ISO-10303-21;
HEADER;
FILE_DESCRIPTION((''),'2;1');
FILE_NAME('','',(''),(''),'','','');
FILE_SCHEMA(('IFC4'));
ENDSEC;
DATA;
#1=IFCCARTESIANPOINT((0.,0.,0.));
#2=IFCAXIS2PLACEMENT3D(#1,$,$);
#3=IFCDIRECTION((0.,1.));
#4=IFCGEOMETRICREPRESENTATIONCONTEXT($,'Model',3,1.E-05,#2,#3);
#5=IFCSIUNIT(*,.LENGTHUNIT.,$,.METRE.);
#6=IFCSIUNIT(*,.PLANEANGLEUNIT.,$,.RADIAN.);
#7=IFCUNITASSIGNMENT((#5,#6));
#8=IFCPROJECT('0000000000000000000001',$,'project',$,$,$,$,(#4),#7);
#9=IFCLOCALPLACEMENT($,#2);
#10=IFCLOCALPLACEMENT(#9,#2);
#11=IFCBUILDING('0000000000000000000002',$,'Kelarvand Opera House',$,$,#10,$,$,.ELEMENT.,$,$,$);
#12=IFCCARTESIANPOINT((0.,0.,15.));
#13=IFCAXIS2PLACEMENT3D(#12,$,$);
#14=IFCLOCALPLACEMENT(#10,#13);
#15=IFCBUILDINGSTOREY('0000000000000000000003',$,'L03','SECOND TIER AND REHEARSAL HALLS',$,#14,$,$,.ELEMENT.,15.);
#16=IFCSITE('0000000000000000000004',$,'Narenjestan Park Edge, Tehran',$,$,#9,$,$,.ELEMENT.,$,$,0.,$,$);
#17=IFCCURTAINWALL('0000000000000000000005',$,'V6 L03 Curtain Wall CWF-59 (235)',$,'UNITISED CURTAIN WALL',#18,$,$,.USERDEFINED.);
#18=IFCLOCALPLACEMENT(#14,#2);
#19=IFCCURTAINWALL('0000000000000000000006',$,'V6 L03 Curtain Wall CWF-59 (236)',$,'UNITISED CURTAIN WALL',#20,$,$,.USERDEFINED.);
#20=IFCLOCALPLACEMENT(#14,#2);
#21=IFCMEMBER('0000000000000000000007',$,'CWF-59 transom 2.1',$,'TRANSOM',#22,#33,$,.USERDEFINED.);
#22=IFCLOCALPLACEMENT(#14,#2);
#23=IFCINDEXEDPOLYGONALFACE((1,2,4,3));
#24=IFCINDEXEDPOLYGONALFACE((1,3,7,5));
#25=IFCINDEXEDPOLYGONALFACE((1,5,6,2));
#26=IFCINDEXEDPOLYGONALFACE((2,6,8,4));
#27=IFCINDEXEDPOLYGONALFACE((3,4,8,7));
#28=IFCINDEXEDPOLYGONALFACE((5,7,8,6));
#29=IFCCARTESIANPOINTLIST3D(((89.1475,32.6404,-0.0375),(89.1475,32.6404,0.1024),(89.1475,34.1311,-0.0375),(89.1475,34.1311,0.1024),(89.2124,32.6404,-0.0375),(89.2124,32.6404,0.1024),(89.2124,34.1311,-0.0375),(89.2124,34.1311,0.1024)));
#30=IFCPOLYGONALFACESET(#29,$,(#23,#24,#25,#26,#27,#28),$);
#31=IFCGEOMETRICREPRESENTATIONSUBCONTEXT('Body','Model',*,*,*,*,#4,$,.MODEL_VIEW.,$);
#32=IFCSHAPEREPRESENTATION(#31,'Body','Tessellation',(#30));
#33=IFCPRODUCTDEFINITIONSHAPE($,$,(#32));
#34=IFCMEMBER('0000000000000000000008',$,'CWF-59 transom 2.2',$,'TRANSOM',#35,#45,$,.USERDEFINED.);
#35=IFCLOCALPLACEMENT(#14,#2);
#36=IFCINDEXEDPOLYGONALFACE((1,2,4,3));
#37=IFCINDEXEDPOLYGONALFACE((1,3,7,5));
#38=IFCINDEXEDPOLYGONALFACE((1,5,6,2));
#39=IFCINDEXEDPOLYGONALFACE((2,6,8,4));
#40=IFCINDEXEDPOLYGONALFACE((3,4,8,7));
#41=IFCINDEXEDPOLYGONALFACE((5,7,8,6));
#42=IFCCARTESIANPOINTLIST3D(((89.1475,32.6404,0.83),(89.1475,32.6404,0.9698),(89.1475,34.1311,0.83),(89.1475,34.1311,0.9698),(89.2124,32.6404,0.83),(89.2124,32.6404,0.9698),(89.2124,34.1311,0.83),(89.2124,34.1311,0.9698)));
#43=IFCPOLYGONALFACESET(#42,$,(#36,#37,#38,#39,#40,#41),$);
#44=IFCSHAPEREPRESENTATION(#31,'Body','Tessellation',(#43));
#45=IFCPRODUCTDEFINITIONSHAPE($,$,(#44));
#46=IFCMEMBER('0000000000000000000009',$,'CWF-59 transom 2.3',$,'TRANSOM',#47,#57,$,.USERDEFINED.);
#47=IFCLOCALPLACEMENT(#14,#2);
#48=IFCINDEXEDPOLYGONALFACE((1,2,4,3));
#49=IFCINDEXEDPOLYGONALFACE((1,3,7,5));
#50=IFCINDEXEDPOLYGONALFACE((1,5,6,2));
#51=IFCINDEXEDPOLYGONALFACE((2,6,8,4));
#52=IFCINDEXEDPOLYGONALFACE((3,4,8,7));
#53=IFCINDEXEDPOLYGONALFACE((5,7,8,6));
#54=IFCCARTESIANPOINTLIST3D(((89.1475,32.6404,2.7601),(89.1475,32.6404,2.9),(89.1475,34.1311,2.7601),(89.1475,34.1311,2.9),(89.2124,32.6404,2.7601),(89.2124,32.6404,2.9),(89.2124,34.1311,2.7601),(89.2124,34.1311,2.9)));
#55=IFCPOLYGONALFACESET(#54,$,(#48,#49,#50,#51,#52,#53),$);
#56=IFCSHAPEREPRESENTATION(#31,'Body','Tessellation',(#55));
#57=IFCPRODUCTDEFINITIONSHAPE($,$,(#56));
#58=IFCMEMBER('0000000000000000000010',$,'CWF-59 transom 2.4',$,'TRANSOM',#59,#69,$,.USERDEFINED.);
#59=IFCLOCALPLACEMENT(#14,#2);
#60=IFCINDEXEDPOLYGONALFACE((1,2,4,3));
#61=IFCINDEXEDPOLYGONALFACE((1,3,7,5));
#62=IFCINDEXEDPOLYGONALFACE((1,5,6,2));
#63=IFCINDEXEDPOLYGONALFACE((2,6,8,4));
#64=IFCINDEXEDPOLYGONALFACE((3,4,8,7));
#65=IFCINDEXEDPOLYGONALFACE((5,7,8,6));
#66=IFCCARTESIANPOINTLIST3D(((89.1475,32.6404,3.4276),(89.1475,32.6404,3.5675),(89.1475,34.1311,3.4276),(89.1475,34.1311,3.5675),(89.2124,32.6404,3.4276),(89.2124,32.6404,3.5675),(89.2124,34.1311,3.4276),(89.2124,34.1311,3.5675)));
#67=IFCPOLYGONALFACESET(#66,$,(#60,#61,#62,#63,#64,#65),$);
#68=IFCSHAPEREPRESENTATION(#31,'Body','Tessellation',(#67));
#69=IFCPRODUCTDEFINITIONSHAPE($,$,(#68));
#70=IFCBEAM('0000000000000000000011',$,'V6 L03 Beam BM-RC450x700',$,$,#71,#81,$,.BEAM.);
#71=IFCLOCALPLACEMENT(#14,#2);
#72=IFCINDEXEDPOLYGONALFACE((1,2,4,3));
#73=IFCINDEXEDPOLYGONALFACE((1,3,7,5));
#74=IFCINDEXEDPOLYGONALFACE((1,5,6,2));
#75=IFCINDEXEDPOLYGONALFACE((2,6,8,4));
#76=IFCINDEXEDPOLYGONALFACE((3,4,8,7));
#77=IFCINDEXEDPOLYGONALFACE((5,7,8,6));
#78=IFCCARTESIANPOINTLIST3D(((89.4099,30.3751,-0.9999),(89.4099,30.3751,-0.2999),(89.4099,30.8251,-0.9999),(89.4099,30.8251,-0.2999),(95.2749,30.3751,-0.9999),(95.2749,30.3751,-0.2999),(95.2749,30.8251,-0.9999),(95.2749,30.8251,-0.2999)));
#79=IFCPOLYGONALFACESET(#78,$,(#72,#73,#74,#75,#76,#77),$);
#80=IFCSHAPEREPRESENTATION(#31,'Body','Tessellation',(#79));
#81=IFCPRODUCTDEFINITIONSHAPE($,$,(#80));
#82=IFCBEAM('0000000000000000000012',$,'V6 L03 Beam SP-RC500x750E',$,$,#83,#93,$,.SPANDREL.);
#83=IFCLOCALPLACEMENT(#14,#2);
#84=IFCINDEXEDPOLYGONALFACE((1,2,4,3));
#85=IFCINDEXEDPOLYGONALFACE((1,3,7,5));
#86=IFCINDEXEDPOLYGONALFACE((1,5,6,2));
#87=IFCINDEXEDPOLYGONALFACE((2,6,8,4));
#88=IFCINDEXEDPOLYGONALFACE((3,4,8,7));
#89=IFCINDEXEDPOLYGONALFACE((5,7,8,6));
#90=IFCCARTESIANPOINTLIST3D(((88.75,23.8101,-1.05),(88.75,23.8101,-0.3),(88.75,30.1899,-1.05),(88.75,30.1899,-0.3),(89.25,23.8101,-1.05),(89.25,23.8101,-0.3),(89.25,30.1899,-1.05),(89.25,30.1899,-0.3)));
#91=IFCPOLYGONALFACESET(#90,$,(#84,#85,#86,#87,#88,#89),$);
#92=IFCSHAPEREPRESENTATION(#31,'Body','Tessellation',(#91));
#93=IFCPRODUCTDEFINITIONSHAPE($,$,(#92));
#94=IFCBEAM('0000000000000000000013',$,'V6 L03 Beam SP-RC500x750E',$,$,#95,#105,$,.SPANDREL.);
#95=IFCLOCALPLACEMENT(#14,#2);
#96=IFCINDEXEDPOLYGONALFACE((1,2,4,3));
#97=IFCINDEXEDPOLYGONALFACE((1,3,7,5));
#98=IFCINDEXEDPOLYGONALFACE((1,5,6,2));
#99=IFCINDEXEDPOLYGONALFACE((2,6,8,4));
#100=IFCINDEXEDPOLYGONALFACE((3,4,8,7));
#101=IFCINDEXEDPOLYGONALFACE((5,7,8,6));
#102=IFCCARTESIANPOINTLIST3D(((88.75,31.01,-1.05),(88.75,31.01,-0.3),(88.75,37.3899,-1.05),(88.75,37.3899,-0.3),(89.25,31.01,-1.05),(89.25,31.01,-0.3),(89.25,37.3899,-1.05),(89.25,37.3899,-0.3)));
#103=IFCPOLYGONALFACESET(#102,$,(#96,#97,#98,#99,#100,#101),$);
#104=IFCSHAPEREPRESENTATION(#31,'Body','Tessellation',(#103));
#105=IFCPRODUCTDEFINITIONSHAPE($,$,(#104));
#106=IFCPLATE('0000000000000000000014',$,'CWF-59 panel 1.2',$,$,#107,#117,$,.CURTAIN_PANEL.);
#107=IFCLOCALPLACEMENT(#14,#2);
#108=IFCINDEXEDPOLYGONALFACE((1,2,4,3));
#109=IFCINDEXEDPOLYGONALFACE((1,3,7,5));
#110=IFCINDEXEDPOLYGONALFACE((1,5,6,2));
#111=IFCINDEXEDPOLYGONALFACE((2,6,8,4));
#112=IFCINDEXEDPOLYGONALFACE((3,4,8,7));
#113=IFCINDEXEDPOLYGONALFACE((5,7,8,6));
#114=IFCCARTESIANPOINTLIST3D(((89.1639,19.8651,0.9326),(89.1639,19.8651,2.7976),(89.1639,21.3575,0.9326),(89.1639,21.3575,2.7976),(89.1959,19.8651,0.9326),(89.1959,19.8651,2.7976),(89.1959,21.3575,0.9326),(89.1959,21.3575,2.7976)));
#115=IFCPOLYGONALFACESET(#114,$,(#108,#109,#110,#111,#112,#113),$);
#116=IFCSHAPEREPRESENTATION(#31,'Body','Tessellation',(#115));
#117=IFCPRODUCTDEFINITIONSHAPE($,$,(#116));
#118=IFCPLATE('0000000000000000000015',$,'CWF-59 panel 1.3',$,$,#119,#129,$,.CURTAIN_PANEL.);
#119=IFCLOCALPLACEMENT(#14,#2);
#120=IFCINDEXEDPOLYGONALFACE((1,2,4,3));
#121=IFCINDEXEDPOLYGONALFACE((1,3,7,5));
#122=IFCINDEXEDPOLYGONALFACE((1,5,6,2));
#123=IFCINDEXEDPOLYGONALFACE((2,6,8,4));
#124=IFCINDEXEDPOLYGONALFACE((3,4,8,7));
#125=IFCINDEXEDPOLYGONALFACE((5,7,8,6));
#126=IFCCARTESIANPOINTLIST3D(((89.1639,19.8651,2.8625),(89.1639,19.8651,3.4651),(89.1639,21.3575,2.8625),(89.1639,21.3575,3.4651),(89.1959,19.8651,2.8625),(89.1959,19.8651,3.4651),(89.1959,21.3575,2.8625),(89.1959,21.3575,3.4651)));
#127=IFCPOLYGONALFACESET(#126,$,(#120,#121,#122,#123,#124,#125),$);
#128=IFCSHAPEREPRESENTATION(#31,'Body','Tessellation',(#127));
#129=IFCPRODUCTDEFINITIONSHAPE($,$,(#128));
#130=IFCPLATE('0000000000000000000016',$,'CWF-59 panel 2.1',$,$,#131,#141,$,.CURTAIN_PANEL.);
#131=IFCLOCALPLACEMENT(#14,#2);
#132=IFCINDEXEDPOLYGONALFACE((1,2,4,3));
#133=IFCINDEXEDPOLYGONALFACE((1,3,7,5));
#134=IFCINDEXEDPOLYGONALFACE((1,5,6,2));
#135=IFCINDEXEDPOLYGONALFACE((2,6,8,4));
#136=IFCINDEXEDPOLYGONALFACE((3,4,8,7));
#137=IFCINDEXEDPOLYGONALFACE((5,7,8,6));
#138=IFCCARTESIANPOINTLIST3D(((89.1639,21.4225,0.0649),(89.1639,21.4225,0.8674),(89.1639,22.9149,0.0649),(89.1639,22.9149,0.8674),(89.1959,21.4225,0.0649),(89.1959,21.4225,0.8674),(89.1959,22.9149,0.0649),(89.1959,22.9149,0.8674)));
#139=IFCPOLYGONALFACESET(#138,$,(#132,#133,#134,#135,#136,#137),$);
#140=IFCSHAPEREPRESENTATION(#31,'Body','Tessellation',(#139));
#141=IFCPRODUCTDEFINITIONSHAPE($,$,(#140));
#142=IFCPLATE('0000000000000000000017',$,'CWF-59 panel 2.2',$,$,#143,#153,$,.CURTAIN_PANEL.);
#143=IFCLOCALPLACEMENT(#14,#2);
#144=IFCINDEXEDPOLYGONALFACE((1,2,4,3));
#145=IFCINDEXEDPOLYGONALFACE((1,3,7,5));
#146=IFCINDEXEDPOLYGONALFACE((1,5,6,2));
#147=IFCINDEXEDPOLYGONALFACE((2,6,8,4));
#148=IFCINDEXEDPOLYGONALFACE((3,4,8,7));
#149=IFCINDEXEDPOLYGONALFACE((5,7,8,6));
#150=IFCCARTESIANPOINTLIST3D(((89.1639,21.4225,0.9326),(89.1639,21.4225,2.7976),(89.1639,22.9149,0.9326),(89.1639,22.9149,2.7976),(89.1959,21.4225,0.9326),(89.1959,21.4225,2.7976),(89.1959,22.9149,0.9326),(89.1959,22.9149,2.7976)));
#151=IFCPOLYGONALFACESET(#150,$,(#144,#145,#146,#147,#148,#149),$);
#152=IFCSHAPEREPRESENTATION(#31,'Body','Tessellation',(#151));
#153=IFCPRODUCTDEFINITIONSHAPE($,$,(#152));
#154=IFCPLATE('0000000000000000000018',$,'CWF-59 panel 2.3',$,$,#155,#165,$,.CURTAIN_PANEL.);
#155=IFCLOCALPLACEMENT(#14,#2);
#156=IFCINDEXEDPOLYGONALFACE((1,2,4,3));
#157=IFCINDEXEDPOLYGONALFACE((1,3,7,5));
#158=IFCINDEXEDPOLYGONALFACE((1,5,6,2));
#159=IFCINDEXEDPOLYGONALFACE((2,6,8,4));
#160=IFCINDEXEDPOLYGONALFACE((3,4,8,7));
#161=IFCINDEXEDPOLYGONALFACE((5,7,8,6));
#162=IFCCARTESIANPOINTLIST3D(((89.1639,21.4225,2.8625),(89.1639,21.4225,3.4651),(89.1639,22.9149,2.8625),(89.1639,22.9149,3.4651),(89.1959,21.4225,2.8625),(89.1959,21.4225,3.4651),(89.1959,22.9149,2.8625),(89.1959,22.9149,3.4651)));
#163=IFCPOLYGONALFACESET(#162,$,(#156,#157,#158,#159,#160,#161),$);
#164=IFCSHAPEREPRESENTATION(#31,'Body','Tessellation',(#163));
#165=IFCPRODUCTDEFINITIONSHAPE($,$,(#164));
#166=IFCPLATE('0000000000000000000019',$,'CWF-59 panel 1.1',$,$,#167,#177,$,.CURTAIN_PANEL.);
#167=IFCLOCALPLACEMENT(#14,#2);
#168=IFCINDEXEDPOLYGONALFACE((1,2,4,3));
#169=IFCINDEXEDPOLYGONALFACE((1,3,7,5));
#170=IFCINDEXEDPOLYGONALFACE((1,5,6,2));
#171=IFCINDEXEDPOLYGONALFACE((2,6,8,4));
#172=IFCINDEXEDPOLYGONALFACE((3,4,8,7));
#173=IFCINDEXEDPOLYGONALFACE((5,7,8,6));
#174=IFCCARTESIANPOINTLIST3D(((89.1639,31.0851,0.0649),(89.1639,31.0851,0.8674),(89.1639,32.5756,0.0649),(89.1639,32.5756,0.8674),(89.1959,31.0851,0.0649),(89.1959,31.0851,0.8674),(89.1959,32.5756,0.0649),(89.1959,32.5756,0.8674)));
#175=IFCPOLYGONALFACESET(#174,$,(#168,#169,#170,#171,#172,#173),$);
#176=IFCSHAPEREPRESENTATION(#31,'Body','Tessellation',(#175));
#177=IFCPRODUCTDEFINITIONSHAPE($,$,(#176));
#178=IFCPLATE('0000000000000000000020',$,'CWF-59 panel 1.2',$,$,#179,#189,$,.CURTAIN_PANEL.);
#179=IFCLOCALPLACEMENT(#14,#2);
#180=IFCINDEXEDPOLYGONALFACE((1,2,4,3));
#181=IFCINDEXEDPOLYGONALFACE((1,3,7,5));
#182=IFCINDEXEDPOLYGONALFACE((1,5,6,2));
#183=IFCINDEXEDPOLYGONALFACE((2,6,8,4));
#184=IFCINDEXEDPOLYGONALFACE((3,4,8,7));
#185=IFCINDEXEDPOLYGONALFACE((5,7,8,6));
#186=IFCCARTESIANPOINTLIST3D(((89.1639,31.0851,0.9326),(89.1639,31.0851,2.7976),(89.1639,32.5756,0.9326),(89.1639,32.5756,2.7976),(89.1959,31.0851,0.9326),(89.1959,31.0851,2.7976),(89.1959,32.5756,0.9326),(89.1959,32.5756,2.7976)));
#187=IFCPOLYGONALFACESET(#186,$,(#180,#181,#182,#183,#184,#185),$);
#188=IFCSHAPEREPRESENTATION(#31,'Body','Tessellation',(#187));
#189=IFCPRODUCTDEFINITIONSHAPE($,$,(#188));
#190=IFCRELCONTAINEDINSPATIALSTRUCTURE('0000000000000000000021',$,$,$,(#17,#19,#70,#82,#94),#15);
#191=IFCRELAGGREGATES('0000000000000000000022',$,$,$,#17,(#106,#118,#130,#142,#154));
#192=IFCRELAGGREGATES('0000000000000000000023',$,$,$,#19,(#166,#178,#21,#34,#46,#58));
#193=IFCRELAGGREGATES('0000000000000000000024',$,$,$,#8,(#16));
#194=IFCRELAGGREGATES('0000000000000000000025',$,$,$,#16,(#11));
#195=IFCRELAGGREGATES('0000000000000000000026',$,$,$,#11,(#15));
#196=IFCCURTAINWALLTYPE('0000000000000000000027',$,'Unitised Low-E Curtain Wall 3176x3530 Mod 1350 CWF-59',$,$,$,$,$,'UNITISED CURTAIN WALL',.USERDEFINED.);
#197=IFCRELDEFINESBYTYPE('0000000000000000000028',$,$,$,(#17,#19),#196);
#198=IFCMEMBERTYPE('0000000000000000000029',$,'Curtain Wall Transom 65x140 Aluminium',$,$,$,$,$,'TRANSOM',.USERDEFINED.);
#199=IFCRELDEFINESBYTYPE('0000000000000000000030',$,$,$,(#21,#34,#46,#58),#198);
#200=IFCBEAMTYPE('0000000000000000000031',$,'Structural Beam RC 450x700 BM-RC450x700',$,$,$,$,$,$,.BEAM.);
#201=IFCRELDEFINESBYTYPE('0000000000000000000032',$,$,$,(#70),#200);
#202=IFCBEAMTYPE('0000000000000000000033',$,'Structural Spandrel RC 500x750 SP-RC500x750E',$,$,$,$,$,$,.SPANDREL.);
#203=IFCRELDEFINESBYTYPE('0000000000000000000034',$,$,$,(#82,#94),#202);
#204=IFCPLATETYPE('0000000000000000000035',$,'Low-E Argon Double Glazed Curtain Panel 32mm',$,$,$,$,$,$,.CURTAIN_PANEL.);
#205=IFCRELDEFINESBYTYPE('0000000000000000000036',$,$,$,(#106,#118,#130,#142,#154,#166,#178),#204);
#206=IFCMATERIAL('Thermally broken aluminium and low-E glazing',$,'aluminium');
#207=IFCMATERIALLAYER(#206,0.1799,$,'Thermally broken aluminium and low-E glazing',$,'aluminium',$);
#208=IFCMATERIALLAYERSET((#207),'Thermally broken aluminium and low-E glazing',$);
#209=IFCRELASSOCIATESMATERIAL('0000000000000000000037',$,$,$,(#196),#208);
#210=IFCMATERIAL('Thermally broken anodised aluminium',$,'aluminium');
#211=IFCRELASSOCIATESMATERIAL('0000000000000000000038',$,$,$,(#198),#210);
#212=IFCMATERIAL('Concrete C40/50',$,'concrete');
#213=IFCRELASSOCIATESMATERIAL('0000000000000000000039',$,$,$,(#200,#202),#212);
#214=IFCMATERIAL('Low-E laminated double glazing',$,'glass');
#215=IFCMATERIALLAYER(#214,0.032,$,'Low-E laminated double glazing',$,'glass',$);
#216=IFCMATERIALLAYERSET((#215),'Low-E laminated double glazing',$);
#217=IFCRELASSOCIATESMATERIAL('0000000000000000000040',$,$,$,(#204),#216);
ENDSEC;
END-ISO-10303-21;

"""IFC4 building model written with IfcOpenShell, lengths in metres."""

from ifc_helpers import new_model, si_unit, direction, frame, origin, origin_2d, place, context, subcontext, project, spatial, rectangle, extrude, material, layer, layer_set, material_profile, profile_set, type_object, element, aggregate, save


model = new_model("IFC4")

# Units and contexts
model_context = context("Model", 3, precision=1e-05, world=origin(), true_north=direction((0.0, 1.0)))
body_context = subcontext(model_context, "Body", "Model", "MODEL_VIEW")
ifc_project = project(units=[si_unit("LENGTHUNIT", "METRE"), si_unit("PLANEANGLEUNIT", "RADIAN")], contexts=[model_context])

# Site, building, storey
site_placement = place(None, origin())
site = spatial("IfcSite", under=ifc_project, at=site_placement, Name="Narenjestan Park Edge, Tehran", CompositionType="ELEMENT", RefElevation=0.0)
building_placement = place(site_placement, origin())
building = spatial("IfcBuilding", under=site, at=building_placement, Name="Kelarvand Opera House", CompositionType="ELEMENT")
storey_placement = place(building_placement, frame((0.0, 0.0, 15.0)))
storey = spatial("IfcBuildingStorey", under=building, at=storey_placement, Name="L03", Description="SECOND TIER AND REHEARSAL HALLS", CompositionType="ELEMENT", Elevation=15.0)

# Shared definitions
ifc_material_1 = material(Name="Concrete C40/50", Category="concrete")

# Curtain walls
ifc_material_2 = material(Name="Thermally broken aluminium and low-E glazing", Category="aluminium")
ifc_layer_1 = layer(ifc_material_2, 0.1799, Name="Thermally broken aluminium and low-E glazing", Category="aluminium")
ifc_layer_set_1 = layer_set([ifc_layer_1], Name="Thermally broken aluminium and low-E glazing")
curtain_wall_type = type_object("IfcCurtainWallType", Name="Unitised Low-E Curtain Wall 3176x3530 Mod 1350 CWF-59", ElementType="UNITISED CURTAIN WALL", PredefinedType="USERDEFINED", material=ifc_layer_set_1)
curtain_wall_1_placement = place(storey_placement, origin())
curtain_wall_1 = element("IfcCurtainWall", 1, at=curtain_wall_1_placement, inside=storey, type_object=curtain_wall_type, Name="V6 L03 Curtain Wall CWF-59 (235)", ObjectType="UNITISED CURTAIN WALL", PredefinedType="USERDEFINED")
ifc_material_3 = material(Name="Thermally broken anodised aluminium", Category="aluminium")
curtain_wall_2_placement = place(storey_placement, origin())
curtain_wall_2 = element("IfcCurtainWall", 2, at=curtain_wall_2_placement, inside=storey, type_object=curtain_wall_type, Name="V6 L03 Curtain Wall CWF-59 (236)", ObjectType="UNITISED CURTAIN WALL", PredefinedType="USERDEFINED")

# Members
ifc_material_profile_1 = material_profile(ifc_material_3, rectangle(XDim=0.0649, YDim=0.1399, at=origin_2d()), Name="ALU TRANSOM 65x140", Category="aluminium")
ifc_profile_set_1 = profile_set([ifc_material_profile_1], Name="Thermally broken anodised aluminium")
member_type_1 = type_object("IfcMemberType", Name="Curtain Wall Transom 65x140 Aluminium", ElementType="TRANSOM", PredefinedType="USERDEFINED", material=ifc_profile_set_1)
member_1_placement = place(storey_placement, frame((89.1799, 32.6404, 0.0325), z_axis=(0.0, 1.0, 0.0), x_axis=(-1.0, 0.0, 0.0)))
member_1 = element("IfcMember", 3, at=member_1_placement, type_object=member_type_1, Name="CWF-59 transom 2.1", ObjectType="TRANSOM", PredefinedType="USERDEFINED", context=body_context, shape_type="SweptSolid", body=[
    extrude(rectangle(XDim=0.0649, YDim=0.1399, at=origin_2d()), origin(), (0.0, 0.0, 1.0), 1.4907),
])
member_2_placement = place(storey_placement, frame((89.1799, 32.6404, 0.8999), z_axis=(0.0, 1.0, 0.0), x_axis=(-1.0, 0.0, 0.0)))
member_2 = element("IfcMember", 4, at=member_2_placement, type_object=member_type_1, Name="CWF-59 transom 2.2", ObjectType="TRANSOM", PredefinedType="USERDEFINED", context=body_context, shape_type="SweptSolid", body=[
    extrude(rectangle(XDim=0.0649, YDim=0.1399, at=origin_2d()), origin(), (0.0, 0.0, 1.0), 1.4907),
])
member_3_placement = place(storey_placement, frame((89.1799, 32.6404, 2.8301), z_axis=(0.0, 1.0, 0.0), x_axis=(-1.0, 0.0, 0.0)))
member_3 = element("IfcMember", 5, at=member_3_placement, type_object=member_type_1, Name="CWF-59 transom 2.3", ObjectType="TRANSOM", PredefinedType="USERDEFINED", context=body_context, shape_type="SweptSolid", body=[
    extrude(rectangle(XDim=0.0649, YDim=0.1399, at=origin_2d()), origin(), (0.0, 0.0, 1.0), 1.4907),
])
member_4_placement = place(storey_placement, frame((89.1799, 32.6404, 3.4976), z_axis=(0.0, 1.0, 0.0), x_axis=(-1.0, 0.0, 0.0)))
member_4 = element("IfcMember", 6, at=member_4_placement, type_object=member_type_1, Name="CWF-59 transom 2.4", ObjectType="TRANSOM", PredefinedType="USERDEFINED", context=body_context, shape_type="SweptSolid", body=[
    extrude(rectangle(XDim=0.0649, YDim=0.1399, at=origin_2d()), origin(), (0.0, 0.0, 1.0), 1.4907),
])

# Beams
ifc_material_profile_2 = material_profile(ifc_material_1, rectangle(XDim=0.45, YDim=0.7, at=origin_2d()), Name="RC 450x700", Category="concrete")
ifc_profile_set_2 = profile_set([ifc_material_profile_2], Name="Concrete C40/50")
beam_type_1 = type_object("IfcBeamType", Name="Structural Beam RC 450x700 BM-RC450x700", PredefinedType="BEAM", material=ifc_profile_set_2)
beam_placement = place(storey_placement, frame((89.4099, 30.6001, -0.6499), z_axis=(1.0, 0.0, 0.0), x_axis=(0.0, 1.0, 0.0)))
element("IfcBeam", 7, at=beam_placement, inside=storey, type_object=beam_type_1, Name="V6 L03 Beam BM-RC450x700", PredefinedType="BEAM", context=body_context, shape_type="SweptSolid", body=[
    extrude(rectangle(XDim=0.45, YDim=0.7, at=origin_2d()), origin(), (0.0, 0.0, 1.0), 5.865),
])
ifc_material_profile_3 = material_profile(ifc_material_1, rectangle(XDim=0.5, YDim=0.75, at=origin_2d()), Name="RC 500x750", Category="concrete")
ifc_profile_set_3 = profile_set([ifc_material_profile_3], Name="Concrete C40/50")
beam_type_2 = type_object("IfcBeamType", Name="Structural Spandrel RC 500x750 SP-RC500x750E", PredefinedType="SPANDREL", material=ifc_profile_set_3)
for number, where, z_axis, x_axis, name in (
    (8, (89.0, 23.8101, -0.675), (0.0, 1.0, 0.0), (-1.0, 0.0, 0.0), "V6 L03 Beam SP-RC500x750E"),
    (9, (89.0, 31.01, -0.675), (0.0, 1.0, 0.0), (-1.0, 0.0, 0.0), "V6 L03 Beam SP-RC500x750E"),
):
    element("IfcBeam", number, at=place(storey_placement, frame(where, z_axis=z_axis, x_axis=x_axis)), inside=storey, type_object=beam_type_2, Name=name, PredefinedType="SPANDREL", context=body_context, shape_type="SweptSolid", body=[
        extrude(rectangle(XDim=0.5, YDim=0.75, at=origin_2d()), origin(), (0.0, 0.0, 1.0), 6.3799),
    ])

# Plates
ifc_material_4 = material(Name="Low-E laminated double glazing", Category="glass")
ifc_layer_2 = layer(ifc_material_4, 0.032, Name="Low-E laminated double glazing", Category="glass")
ifc_layer_set_2 = layer_set([ifc_layer_2], Name="Low-E laminated double glazing")
plate_type = type_object("IfcPlateType", Name="Low-E Argon Double Glazed Curtain Panel 32mm", PredefinedType="CURTAIN_PANEL", material=ifc_layer_set_2)
plate_1_placement = place(storey_placement, frame((89.1799, 20.6113, 0.9326), z_axis=(0.0, 0.0, 1.0), x_axis=(0.0, 1.0, 0.0)))
plate_1 = element("IfcPlate", 10, at=plate_1_placement, type_object=plate_type, Name="CWF-59 panel 1.2", PredefinedType="CURTAIN_PANEL", context=body_context, shape_type="SweptSolid", body=[
    extrude(rectangle(XDim=1.4924, YDim=0.032, at=origin_2d()), origin(), (0.0, 0.0, 1.0), 1.865),
])
plate_2_placement = place(storey_placement, frame((89.1799, 20.6113, 2.8625), z_axis=(0.0, 0.0, 1.0), x_axis=(0.0, 1.0, 0.0)))
plate_2 = element("IfcPlate", 11, at=plate_2_placement, type_object=plate_type, Name="CWF-59 panel 1.3", PredefinedType="CURTAIN_PANEL", context=body_context, shape_type="SweptSolid", body=[
    extrude(rectangle(XDim=1.4924, YDim=0.032, at=origin_2d()), origin(), (0.0, 0.0, 1.0), 0.6025),
])
plate_3_placement = place(storey_placement, frame((89.1799, 22.1687, 0.0649), z_axis=(0.0, 0.0, 1.0), x_axis=(0.0, 1.0, 0.0)))
plate_3 = element("IfcPlate", 12, at=plate_3_placement, type_object=plate_type, Name="CWF-59 panel 2.1", PredefinedType="CURTAIN_PANEL", context=body_context, shape_type="SweptSolid", body=[
    extrude(rectangle(XDim=1.4924, YDim=0.032, at=origin_2d()), origin(), (0.0, 0.0, 1.0), 0.8025),
])
plate_4_placement = place(storey_placement, frame((89.1799, 22.1687, 0.9326), z_axis=(0.0, 0.0, 1.0), x_axis=(0.0, 1.0, 0.0)))
plate_4 = element("IfcPlate", 13, at=plate_4_placement, type_object=plate_type, Name="CWF-59 panel 2.2", PredefinedType="CURTAIN_PANEL", context=body_context, shape_type="SweptSolid", body=[
    extrude(rectangle(XDim=1.4924, YDim=0.032, at=origin_2d()), origin(), (0.0, 0.0, 1.0), 1.865),
])
plate_5_placement = place(storey_placement, frame((89.1799, 22.1687, 2.8625), z_axis=(0.0, 0.0, 1.0), x_axis=(0.0, 1.0, 0.0)))
plate_5 = element("IfcPlate", 14, at=plate_5_placement, type_object=plate_type, Name="CWF-59 panel 2.3", PredefinedType="CURTAIN_PANEL", context=body_context, shape_type="SweptSolid", body=[
    extrude(rectangle(XDim=1.4924, YDim=0.032, at=origin_2d()), origin(), (0.0, 0.0, 1.0), 0.6025),
])
aggregate(curtain_wall_1, [plate_1, plate_2, plate_3, plate_4, plate_5])
plate_6_placement = place(storey_placement, frame((89.1799, 31.8303, 0.0649), z_axis=(0.0, 0.0, 1.0), x_axis=(0.0, 1.0, 0.0)))
plate_6 = element("IfcPlate", 15, at=plate_6_placement, type_object=plate_type, Name="CWF-59 panel 1.1", PredefinedType="CURTAIN_PANEL", context=body_context, shape_type="SweptSolid", body=[
    extrude(rectangle(XDim=1.4905, YDim=0.032, at=origin_2d()), origin(), (0.0, 0.0, 1.0), 0.8025),
])
plate_7_placement = place(storey_placement, frame((89.1799, 31.8303, 0.9326), z_axis=(0.0, 0.0, 1.0), x_axis=(0.0, 1.0, 0.0)))
plate_7 = element("IfcPlate", 16, at=plate_7_placement, type_object=plate_type, Name="CWF-59 panel 1.2", PredefinedType="CURTAIN_PANEL", context=body_context, shape_type="SweptSolid", body=[
    extrude(rectangle(XDim=1.4905, YDim=0.032, at=origin_2d()), origin(), (0.0, 0.0, 1.0), 1.865),
])
aggregate(curtain_wall_2, [plate_6, plate_7, member_1, member_2, member_3, member_4])

save(model, "model.ifc")
